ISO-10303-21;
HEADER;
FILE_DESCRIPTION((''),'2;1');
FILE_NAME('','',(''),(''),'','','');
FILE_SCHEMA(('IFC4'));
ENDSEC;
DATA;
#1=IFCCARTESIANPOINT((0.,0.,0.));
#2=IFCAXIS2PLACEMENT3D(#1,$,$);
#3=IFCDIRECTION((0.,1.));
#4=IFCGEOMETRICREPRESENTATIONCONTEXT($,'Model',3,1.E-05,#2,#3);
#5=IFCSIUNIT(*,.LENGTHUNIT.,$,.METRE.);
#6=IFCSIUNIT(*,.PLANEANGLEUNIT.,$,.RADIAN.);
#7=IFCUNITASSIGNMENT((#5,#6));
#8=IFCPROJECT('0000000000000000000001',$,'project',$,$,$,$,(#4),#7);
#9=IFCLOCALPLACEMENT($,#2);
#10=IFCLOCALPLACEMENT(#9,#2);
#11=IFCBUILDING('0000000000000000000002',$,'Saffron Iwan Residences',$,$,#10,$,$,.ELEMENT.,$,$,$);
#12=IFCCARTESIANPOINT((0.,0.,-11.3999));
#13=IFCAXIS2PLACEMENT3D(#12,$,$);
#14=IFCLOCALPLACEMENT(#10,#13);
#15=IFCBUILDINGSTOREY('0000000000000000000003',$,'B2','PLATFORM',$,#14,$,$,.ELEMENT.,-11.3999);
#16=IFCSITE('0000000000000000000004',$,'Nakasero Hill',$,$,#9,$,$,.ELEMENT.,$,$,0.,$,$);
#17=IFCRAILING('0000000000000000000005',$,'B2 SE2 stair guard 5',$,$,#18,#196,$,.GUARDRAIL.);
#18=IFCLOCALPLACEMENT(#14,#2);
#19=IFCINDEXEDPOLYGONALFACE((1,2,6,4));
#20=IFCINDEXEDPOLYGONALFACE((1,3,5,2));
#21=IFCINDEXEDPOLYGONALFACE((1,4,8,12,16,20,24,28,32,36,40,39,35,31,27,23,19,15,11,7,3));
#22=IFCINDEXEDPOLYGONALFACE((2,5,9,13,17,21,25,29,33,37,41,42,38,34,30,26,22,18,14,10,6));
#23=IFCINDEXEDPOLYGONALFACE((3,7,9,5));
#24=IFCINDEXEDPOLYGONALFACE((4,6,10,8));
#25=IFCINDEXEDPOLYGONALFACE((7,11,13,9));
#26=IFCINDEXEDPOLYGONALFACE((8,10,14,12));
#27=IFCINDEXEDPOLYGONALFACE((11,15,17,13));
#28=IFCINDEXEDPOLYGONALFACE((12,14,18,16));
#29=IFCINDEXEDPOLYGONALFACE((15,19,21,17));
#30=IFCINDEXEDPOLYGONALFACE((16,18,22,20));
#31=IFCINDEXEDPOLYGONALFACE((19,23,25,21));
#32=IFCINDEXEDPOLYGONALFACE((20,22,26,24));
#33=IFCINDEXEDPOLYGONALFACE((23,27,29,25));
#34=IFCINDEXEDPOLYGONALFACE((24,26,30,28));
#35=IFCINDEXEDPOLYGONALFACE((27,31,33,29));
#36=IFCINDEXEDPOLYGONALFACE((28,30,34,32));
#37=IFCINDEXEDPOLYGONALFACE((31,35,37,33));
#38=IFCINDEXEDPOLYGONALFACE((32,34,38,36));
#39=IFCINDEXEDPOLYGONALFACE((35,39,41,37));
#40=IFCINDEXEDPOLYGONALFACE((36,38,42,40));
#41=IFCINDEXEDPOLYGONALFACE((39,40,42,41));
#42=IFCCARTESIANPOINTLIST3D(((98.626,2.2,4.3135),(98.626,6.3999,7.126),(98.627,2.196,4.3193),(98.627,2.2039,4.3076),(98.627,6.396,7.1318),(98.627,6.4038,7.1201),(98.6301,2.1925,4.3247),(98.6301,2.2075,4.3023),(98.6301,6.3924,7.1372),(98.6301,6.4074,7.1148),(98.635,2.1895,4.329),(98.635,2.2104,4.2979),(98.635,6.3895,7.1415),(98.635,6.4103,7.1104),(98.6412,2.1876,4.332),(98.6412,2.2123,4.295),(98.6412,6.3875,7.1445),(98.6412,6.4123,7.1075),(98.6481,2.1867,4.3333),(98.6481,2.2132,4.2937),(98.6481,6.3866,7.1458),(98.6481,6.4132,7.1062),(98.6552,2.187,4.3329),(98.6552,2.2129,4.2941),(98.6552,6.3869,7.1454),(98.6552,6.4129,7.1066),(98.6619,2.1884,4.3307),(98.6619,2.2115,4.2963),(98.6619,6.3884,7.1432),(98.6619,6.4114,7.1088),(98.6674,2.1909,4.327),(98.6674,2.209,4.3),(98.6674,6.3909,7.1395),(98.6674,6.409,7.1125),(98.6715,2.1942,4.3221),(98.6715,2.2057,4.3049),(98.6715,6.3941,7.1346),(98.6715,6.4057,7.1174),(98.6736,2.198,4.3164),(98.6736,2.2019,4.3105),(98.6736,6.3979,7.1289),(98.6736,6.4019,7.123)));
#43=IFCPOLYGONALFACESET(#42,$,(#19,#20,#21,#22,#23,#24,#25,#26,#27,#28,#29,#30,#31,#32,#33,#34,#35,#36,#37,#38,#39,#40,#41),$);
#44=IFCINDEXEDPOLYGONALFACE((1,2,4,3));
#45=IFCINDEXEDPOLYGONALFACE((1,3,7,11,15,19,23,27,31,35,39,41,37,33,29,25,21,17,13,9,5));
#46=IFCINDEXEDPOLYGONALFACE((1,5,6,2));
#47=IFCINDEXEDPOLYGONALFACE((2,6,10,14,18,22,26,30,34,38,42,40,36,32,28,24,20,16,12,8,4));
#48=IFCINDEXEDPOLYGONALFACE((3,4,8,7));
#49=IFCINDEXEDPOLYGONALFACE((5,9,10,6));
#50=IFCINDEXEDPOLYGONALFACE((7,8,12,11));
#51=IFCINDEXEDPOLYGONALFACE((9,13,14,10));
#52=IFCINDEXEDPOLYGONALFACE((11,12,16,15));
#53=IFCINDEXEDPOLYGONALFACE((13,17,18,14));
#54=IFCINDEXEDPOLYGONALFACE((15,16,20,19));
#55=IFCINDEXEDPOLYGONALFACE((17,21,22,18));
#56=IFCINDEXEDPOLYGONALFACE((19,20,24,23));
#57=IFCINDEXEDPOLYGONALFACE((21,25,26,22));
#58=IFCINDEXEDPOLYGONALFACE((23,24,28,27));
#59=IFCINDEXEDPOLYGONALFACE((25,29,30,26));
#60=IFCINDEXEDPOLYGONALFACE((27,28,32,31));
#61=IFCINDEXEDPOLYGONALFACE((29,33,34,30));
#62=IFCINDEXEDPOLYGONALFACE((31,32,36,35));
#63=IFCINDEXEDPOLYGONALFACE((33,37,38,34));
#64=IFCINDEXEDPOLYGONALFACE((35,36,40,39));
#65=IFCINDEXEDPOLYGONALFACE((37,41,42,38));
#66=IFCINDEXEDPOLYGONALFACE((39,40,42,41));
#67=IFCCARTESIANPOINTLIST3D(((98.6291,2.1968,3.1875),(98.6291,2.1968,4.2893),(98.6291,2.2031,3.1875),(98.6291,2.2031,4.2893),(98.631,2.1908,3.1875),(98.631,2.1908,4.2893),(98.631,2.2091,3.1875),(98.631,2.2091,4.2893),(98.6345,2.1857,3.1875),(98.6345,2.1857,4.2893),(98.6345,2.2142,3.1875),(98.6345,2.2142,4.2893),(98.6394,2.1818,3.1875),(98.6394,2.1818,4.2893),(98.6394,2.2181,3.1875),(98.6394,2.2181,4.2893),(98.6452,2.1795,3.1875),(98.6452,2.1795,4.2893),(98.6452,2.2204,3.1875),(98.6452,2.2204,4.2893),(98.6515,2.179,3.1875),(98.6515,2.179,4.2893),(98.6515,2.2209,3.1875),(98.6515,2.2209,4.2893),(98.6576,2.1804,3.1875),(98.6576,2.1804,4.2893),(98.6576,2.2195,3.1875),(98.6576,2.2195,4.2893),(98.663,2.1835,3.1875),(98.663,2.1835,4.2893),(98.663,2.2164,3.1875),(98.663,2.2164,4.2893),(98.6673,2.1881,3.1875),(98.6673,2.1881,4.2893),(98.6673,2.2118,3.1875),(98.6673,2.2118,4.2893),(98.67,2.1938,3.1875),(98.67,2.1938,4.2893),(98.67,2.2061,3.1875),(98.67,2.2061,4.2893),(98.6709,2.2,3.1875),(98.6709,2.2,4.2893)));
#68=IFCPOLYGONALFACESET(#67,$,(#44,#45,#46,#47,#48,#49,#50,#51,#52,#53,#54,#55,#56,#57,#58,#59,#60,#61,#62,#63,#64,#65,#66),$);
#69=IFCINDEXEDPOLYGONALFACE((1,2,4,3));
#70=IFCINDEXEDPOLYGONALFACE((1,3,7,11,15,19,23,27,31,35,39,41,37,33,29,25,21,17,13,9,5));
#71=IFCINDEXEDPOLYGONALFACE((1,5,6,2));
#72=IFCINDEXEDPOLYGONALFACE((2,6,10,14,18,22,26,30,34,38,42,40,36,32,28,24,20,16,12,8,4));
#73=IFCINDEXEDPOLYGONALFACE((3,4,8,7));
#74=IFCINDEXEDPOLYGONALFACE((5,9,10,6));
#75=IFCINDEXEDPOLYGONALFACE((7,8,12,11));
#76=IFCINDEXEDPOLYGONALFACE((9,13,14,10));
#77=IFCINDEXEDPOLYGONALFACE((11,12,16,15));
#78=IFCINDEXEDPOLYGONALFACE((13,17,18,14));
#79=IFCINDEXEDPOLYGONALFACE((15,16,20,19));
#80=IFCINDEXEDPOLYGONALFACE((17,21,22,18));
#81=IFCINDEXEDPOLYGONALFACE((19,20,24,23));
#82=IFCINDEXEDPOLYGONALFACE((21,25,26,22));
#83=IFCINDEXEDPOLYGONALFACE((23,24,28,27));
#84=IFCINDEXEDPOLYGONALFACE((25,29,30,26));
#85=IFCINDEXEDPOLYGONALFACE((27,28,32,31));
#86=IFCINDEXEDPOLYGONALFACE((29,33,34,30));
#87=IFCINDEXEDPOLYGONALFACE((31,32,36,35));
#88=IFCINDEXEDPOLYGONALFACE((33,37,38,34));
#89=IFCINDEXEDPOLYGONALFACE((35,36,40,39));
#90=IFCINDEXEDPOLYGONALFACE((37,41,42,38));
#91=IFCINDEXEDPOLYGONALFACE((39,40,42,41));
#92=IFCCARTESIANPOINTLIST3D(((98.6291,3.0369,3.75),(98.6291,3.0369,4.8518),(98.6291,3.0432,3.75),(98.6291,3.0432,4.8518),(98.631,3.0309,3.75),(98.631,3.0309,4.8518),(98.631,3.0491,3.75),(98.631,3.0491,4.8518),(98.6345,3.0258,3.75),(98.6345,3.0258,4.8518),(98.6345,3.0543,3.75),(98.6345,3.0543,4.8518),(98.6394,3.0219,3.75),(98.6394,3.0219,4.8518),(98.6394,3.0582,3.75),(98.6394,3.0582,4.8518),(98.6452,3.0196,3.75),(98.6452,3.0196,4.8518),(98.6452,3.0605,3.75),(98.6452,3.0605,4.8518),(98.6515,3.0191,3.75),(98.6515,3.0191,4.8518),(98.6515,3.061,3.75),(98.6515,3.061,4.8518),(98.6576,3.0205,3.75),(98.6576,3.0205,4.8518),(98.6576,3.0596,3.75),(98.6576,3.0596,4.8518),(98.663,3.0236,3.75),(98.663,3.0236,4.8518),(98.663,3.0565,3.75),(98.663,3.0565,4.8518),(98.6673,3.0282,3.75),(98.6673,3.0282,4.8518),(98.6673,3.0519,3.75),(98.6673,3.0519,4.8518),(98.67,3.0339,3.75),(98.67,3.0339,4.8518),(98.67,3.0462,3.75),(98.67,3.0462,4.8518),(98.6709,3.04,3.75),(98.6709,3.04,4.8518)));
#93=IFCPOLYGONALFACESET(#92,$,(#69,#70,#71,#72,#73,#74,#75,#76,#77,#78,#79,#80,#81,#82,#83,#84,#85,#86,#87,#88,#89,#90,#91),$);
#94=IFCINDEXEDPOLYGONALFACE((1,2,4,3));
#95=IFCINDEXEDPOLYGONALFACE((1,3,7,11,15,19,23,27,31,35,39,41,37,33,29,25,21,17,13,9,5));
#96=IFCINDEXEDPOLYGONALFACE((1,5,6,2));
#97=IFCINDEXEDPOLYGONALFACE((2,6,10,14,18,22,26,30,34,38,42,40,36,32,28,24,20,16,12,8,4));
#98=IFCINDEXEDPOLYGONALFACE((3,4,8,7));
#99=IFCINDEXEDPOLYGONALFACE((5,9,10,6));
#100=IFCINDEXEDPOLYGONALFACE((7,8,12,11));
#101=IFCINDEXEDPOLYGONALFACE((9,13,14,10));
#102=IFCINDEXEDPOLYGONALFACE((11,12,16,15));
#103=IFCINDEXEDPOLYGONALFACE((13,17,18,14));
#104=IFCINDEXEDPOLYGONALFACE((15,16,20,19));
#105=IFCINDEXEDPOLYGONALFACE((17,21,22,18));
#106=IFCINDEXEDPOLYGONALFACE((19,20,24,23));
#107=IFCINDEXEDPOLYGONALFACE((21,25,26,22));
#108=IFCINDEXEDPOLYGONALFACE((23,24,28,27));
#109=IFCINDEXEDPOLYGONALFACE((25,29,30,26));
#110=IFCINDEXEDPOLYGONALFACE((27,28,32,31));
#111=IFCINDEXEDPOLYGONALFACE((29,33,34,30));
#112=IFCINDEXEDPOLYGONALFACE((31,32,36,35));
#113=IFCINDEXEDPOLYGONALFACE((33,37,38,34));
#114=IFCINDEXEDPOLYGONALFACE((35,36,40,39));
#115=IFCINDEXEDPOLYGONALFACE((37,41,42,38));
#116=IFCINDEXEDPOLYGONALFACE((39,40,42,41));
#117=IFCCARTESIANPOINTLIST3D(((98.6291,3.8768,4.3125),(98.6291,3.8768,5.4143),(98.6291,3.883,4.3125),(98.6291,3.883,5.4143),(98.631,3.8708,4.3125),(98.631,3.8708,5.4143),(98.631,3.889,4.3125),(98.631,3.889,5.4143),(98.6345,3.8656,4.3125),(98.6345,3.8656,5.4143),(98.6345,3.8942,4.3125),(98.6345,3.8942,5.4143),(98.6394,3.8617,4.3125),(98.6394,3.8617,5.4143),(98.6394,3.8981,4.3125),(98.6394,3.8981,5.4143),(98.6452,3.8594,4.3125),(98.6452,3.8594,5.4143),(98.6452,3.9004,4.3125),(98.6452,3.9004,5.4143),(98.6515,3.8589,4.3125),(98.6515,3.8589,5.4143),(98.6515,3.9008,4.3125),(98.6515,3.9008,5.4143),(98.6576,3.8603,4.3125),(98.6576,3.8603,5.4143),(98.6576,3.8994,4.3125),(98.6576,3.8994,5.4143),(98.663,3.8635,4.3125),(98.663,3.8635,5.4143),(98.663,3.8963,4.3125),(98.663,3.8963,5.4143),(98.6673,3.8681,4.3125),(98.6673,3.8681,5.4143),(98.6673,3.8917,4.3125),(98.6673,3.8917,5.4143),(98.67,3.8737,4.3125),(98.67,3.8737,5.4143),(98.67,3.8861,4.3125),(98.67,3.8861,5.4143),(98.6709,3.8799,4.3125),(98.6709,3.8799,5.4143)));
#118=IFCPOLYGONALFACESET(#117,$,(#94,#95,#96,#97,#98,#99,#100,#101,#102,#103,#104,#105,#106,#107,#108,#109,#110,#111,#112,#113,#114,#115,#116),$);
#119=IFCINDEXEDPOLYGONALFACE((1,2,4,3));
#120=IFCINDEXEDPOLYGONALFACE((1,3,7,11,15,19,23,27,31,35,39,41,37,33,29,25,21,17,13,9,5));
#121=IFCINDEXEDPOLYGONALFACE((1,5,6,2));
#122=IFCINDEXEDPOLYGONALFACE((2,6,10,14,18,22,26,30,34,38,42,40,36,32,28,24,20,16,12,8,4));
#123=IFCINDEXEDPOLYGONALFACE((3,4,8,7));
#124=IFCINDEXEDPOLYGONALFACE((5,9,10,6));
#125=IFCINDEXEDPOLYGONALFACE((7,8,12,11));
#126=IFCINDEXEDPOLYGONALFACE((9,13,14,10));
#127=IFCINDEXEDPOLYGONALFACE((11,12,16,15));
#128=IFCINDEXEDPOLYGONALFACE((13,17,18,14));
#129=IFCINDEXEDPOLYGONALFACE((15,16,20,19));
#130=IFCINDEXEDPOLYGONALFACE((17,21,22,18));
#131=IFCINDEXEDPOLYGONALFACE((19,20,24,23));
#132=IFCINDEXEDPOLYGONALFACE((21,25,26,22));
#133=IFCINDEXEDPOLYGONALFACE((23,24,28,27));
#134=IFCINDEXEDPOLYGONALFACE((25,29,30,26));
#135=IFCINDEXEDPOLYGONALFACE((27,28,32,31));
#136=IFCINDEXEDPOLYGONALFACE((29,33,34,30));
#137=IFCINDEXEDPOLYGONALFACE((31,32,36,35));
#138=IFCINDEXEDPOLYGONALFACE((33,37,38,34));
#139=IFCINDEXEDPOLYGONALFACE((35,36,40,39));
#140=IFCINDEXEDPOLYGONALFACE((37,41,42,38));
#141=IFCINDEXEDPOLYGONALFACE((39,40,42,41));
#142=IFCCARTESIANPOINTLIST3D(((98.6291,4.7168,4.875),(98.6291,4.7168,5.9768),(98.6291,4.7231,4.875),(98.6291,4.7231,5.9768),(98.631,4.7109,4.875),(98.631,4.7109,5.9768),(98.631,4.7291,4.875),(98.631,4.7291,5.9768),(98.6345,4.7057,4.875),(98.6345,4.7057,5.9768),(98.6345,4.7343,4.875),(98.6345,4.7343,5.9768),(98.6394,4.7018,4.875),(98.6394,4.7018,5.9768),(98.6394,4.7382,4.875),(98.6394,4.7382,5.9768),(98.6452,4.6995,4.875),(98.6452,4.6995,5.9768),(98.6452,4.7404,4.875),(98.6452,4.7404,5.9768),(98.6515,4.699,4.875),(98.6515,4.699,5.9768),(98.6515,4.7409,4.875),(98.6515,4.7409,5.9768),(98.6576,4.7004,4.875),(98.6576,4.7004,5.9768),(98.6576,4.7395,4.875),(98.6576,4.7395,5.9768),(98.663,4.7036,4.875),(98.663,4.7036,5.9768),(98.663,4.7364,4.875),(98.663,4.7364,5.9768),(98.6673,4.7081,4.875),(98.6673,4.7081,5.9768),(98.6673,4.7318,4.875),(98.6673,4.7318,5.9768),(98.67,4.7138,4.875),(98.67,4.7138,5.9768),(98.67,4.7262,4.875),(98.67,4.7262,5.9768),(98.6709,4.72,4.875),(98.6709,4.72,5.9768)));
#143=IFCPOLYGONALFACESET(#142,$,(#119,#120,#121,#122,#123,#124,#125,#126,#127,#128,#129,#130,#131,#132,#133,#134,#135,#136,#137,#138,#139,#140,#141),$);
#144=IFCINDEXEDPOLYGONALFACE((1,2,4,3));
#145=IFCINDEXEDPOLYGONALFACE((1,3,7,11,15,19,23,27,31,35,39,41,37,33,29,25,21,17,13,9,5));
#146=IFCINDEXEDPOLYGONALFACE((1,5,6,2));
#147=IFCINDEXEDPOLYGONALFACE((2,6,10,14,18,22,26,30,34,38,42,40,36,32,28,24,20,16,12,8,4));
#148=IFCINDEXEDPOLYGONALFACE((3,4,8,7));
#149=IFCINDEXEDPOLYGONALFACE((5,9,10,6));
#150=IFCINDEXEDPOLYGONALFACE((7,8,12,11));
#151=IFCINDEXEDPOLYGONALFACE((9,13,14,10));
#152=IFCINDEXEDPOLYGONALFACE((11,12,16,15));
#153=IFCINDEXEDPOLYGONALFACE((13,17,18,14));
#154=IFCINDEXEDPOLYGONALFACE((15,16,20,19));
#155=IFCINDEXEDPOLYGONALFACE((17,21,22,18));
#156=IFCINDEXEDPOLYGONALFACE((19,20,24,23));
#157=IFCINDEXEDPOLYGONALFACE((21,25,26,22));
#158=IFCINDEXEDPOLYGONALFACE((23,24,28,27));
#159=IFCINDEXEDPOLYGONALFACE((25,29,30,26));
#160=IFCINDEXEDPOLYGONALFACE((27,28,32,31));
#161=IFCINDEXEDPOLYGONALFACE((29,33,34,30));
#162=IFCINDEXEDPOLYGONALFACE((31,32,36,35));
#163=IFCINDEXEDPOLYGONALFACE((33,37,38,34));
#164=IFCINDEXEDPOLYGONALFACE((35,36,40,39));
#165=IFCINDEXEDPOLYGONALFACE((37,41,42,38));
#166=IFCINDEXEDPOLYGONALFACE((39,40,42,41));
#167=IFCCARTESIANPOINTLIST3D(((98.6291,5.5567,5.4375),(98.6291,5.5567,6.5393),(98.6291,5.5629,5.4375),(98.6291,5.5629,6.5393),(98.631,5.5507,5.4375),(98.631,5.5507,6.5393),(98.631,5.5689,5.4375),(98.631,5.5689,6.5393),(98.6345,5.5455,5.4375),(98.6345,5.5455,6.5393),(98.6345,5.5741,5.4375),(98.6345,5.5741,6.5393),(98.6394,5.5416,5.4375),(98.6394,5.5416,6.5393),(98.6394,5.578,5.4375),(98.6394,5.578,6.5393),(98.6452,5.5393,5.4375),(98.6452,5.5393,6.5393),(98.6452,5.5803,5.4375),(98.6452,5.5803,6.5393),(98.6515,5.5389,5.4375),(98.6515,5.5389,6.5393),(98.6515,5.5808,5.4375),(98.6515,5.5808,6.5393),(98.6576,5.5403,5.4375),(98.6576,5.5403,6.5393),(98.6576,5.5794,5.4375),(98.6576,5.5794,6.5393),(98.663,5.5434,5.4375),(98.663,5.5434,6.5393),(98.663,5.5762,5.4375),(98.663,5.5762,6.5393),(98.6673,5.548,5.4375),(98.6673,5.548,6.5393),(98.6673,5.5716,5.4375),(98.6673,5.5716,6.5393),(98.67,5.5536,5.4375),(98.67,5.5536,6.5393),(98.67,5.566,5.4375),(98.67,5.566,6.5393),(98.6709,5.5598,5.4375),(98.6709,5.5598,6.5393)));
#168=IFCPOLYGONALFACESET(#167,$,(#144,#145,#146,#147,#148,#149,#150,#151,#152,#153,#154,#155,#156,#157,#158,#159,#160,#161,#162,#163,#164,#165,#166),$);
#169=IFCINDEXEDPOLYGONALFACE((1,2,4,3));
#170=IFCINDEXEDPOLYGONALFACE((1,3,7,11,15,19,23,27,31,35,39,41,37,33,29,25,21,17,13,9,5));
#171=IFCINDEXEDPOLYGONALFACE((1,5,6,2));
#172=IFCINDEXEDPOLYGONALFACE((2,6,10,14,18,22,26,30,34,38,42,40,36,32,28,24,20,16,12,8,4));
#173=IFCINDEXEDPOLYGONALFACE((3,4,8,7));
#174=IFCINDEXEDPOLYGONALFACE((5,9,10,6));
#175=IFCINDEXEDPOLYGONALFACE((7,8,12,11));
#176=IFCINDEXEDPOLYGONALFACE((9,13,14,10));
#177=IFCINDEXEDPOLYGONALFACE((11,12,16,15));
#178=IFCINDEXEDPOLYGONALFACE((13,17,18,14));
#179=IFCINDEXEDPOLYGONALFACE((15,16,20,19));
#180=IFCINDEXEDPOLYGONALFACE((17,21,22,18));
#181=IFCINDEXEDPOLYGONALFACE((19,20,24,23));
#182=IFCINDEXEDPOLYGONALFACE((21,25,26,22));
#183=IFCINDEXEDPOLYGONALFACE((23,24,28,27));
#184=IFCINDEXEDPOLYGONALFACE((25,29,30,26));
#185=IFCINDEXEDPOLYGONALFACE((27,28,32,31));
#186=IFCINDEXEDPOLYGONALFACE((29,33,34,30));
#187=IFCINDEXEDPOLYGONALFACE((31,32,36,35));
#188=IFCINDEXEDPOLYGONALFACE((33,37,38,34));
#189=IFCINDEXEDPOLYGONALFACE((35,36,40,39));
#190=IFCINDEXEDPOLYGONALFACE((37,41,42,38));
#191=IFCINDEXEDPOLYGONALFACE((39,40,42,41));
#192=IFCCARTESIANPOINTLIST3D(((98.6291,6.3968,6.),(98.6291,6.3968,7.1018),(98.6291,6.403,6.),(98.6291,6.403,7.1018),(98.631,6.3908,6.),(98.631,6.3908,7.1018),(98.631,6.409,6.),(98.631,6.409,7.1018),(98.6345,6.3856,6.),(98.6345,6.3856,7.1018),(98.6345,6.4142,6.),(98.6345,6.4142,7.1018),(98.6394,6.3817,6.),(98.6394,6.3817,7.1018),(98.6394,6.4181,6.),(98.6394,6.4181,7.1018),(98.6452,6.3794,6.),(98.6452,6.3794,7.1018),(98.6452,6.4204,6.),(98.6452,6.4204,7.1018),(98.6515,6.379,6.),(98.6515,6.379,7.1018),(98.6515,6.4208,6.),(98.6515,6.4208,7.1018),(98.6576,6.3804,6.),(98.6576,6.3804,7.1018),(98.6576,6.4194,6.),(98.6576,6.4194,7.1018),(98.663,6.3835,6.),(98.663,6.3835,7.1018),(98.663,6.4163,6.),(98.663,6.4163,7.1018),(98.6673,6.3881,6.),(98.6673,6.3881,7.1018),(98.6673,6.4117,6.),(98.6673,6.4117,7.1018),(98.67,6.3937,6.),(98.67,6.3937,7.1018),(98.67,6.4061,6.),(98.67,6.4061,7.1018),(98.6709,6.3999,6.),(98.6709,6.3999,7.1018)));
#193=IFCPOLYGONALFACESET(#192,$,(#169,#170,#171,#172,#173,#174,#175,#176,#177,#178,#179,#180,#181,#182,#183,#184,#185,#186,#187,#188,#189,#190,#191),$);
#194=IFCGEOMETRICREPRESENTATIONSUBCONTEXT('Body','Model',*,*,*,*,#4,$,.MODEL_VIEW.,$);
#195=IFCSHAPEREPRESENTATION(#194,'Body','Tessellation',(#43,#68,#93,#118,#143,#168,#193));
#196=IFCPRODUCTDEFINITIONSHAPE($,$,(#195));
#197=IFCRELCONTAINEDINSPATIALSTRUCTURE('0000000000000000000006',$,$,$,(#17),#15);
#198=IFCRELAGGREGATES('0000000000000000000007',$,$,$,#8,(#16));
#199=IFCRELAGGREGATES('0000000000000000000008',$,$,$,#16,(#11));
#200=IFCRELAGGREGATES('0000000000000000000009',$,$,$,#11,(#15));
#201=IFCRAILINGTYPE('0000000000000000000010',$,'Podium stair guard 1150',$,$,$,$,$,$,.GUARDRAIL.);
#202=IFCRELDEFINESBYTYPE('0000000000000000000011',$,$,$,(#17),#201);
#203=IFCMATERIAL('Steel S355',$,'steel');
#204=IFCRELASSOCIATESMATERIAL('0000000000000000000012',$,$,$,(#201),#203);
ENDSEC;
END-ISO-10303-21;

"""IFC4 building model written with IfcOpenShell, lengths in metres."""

from ifc_helpers import new_model, si_unit, direction, frame, origin, origin_2d, place, context, subcontext, project, spatial, circle, extrude, material, type_object, element, save


model = new_model("IFC4")

# Units and contexts
model_context = context("Model", 3, precision=1e-05, world=origin(), true_north=direction((0.0, 1.0)))
body_context = subcontext(model_context, "Body", "Model", "MODEL_VIEW")
ifc_project = project(units=[si_unit("LENGTHUNIT", "METRE"), si_unit("PLANEANGLEUNIT", "RADIAN")], contexts=[model_context])

# Site, building, storey
site_placement = place(None, origin())
site = spatial("IfcSite", under=ifc_project, at=site_placement, Name="Nakasero Hill", CompositionType="ELEMENT", RefElevation=0.0)
building_placement = place(site_placement, origin())
building = spatial("IfcBuilding", under=site, at=building_placement, Name="Saffron Iwan Residences", CompositionType="ELEMENT")
storey_placement = place(building_placement, frame((0.0, 0.0, -11.3999)))
storey = spatial("IfcBuildingStorey", under=building, at=storey_placement, Name="B2", Description="PLATFORM", CompositionType="ELEMENT", Elevation=-11.3999)

# Railing
ifc_material_1 = material(Name="Steel S355", Category="steel")
railing_type_1 = type_object("IfcRailingType", Name="Podium stair guard 1150", PredefinedType="GUARDRAIL", material=ifc_material_1)
railing_1_placement = place(storey_placement, frame((98.6499, 2.2, 3.1875)))
element("IfcRailing", 1, at=railing_1_placement, inside=storey, type_object=railing_type_1, Name="B2 SE2 stair guard 5", PredefinedType="GUARDRAIL", context=body_context, shape_type="SweptSolid", body=[
    extrude(circle(Radius=0.0239, at=origin_2d()), frame((0.0, 0.0, 1.126), z_axis=(0.0, 0.830904, 0.556416), x_axis=(-1.0, 0.0, 0.0)), (0.0, 0.0, 1.0), 5.0547),
    extrude(circle(Radius=0.021, at=origin_2d()), origin(), (0.0, 0.0, 1.0), 1.1018),
    extrude(circle(Radius=0.021, at=origin_2d()), frame((0.0, 0.8401, 0.5625)), (0.0, 0.0, 1.0), 1.1018),
    extrude(circle(Radius=0.021, at=origin_2d()), frame((0.0, 1.6799, 1.125)), (0.0, 0.0, 1.0), 1.1018),
    extrude(circle(Radius=0.021, at=origin_2d()), frame((0.0, 2.52, 1.6875)), (0.0, 0.0, 1.0), 1.1018),
    extrude(circle(Radius=0.021, at=origin_2d()), frame((0.0, 3.3599, 2.25)), (0.0, 0.0, 1.0), 1.1018),
    extrude(circle(Radius=0.021, at=origin_2d()), frame((0.0, 4.2, 2.8125)), (0.0, 0.0, 1.0), 1.1018),
])

save(model, "model.ifc")
